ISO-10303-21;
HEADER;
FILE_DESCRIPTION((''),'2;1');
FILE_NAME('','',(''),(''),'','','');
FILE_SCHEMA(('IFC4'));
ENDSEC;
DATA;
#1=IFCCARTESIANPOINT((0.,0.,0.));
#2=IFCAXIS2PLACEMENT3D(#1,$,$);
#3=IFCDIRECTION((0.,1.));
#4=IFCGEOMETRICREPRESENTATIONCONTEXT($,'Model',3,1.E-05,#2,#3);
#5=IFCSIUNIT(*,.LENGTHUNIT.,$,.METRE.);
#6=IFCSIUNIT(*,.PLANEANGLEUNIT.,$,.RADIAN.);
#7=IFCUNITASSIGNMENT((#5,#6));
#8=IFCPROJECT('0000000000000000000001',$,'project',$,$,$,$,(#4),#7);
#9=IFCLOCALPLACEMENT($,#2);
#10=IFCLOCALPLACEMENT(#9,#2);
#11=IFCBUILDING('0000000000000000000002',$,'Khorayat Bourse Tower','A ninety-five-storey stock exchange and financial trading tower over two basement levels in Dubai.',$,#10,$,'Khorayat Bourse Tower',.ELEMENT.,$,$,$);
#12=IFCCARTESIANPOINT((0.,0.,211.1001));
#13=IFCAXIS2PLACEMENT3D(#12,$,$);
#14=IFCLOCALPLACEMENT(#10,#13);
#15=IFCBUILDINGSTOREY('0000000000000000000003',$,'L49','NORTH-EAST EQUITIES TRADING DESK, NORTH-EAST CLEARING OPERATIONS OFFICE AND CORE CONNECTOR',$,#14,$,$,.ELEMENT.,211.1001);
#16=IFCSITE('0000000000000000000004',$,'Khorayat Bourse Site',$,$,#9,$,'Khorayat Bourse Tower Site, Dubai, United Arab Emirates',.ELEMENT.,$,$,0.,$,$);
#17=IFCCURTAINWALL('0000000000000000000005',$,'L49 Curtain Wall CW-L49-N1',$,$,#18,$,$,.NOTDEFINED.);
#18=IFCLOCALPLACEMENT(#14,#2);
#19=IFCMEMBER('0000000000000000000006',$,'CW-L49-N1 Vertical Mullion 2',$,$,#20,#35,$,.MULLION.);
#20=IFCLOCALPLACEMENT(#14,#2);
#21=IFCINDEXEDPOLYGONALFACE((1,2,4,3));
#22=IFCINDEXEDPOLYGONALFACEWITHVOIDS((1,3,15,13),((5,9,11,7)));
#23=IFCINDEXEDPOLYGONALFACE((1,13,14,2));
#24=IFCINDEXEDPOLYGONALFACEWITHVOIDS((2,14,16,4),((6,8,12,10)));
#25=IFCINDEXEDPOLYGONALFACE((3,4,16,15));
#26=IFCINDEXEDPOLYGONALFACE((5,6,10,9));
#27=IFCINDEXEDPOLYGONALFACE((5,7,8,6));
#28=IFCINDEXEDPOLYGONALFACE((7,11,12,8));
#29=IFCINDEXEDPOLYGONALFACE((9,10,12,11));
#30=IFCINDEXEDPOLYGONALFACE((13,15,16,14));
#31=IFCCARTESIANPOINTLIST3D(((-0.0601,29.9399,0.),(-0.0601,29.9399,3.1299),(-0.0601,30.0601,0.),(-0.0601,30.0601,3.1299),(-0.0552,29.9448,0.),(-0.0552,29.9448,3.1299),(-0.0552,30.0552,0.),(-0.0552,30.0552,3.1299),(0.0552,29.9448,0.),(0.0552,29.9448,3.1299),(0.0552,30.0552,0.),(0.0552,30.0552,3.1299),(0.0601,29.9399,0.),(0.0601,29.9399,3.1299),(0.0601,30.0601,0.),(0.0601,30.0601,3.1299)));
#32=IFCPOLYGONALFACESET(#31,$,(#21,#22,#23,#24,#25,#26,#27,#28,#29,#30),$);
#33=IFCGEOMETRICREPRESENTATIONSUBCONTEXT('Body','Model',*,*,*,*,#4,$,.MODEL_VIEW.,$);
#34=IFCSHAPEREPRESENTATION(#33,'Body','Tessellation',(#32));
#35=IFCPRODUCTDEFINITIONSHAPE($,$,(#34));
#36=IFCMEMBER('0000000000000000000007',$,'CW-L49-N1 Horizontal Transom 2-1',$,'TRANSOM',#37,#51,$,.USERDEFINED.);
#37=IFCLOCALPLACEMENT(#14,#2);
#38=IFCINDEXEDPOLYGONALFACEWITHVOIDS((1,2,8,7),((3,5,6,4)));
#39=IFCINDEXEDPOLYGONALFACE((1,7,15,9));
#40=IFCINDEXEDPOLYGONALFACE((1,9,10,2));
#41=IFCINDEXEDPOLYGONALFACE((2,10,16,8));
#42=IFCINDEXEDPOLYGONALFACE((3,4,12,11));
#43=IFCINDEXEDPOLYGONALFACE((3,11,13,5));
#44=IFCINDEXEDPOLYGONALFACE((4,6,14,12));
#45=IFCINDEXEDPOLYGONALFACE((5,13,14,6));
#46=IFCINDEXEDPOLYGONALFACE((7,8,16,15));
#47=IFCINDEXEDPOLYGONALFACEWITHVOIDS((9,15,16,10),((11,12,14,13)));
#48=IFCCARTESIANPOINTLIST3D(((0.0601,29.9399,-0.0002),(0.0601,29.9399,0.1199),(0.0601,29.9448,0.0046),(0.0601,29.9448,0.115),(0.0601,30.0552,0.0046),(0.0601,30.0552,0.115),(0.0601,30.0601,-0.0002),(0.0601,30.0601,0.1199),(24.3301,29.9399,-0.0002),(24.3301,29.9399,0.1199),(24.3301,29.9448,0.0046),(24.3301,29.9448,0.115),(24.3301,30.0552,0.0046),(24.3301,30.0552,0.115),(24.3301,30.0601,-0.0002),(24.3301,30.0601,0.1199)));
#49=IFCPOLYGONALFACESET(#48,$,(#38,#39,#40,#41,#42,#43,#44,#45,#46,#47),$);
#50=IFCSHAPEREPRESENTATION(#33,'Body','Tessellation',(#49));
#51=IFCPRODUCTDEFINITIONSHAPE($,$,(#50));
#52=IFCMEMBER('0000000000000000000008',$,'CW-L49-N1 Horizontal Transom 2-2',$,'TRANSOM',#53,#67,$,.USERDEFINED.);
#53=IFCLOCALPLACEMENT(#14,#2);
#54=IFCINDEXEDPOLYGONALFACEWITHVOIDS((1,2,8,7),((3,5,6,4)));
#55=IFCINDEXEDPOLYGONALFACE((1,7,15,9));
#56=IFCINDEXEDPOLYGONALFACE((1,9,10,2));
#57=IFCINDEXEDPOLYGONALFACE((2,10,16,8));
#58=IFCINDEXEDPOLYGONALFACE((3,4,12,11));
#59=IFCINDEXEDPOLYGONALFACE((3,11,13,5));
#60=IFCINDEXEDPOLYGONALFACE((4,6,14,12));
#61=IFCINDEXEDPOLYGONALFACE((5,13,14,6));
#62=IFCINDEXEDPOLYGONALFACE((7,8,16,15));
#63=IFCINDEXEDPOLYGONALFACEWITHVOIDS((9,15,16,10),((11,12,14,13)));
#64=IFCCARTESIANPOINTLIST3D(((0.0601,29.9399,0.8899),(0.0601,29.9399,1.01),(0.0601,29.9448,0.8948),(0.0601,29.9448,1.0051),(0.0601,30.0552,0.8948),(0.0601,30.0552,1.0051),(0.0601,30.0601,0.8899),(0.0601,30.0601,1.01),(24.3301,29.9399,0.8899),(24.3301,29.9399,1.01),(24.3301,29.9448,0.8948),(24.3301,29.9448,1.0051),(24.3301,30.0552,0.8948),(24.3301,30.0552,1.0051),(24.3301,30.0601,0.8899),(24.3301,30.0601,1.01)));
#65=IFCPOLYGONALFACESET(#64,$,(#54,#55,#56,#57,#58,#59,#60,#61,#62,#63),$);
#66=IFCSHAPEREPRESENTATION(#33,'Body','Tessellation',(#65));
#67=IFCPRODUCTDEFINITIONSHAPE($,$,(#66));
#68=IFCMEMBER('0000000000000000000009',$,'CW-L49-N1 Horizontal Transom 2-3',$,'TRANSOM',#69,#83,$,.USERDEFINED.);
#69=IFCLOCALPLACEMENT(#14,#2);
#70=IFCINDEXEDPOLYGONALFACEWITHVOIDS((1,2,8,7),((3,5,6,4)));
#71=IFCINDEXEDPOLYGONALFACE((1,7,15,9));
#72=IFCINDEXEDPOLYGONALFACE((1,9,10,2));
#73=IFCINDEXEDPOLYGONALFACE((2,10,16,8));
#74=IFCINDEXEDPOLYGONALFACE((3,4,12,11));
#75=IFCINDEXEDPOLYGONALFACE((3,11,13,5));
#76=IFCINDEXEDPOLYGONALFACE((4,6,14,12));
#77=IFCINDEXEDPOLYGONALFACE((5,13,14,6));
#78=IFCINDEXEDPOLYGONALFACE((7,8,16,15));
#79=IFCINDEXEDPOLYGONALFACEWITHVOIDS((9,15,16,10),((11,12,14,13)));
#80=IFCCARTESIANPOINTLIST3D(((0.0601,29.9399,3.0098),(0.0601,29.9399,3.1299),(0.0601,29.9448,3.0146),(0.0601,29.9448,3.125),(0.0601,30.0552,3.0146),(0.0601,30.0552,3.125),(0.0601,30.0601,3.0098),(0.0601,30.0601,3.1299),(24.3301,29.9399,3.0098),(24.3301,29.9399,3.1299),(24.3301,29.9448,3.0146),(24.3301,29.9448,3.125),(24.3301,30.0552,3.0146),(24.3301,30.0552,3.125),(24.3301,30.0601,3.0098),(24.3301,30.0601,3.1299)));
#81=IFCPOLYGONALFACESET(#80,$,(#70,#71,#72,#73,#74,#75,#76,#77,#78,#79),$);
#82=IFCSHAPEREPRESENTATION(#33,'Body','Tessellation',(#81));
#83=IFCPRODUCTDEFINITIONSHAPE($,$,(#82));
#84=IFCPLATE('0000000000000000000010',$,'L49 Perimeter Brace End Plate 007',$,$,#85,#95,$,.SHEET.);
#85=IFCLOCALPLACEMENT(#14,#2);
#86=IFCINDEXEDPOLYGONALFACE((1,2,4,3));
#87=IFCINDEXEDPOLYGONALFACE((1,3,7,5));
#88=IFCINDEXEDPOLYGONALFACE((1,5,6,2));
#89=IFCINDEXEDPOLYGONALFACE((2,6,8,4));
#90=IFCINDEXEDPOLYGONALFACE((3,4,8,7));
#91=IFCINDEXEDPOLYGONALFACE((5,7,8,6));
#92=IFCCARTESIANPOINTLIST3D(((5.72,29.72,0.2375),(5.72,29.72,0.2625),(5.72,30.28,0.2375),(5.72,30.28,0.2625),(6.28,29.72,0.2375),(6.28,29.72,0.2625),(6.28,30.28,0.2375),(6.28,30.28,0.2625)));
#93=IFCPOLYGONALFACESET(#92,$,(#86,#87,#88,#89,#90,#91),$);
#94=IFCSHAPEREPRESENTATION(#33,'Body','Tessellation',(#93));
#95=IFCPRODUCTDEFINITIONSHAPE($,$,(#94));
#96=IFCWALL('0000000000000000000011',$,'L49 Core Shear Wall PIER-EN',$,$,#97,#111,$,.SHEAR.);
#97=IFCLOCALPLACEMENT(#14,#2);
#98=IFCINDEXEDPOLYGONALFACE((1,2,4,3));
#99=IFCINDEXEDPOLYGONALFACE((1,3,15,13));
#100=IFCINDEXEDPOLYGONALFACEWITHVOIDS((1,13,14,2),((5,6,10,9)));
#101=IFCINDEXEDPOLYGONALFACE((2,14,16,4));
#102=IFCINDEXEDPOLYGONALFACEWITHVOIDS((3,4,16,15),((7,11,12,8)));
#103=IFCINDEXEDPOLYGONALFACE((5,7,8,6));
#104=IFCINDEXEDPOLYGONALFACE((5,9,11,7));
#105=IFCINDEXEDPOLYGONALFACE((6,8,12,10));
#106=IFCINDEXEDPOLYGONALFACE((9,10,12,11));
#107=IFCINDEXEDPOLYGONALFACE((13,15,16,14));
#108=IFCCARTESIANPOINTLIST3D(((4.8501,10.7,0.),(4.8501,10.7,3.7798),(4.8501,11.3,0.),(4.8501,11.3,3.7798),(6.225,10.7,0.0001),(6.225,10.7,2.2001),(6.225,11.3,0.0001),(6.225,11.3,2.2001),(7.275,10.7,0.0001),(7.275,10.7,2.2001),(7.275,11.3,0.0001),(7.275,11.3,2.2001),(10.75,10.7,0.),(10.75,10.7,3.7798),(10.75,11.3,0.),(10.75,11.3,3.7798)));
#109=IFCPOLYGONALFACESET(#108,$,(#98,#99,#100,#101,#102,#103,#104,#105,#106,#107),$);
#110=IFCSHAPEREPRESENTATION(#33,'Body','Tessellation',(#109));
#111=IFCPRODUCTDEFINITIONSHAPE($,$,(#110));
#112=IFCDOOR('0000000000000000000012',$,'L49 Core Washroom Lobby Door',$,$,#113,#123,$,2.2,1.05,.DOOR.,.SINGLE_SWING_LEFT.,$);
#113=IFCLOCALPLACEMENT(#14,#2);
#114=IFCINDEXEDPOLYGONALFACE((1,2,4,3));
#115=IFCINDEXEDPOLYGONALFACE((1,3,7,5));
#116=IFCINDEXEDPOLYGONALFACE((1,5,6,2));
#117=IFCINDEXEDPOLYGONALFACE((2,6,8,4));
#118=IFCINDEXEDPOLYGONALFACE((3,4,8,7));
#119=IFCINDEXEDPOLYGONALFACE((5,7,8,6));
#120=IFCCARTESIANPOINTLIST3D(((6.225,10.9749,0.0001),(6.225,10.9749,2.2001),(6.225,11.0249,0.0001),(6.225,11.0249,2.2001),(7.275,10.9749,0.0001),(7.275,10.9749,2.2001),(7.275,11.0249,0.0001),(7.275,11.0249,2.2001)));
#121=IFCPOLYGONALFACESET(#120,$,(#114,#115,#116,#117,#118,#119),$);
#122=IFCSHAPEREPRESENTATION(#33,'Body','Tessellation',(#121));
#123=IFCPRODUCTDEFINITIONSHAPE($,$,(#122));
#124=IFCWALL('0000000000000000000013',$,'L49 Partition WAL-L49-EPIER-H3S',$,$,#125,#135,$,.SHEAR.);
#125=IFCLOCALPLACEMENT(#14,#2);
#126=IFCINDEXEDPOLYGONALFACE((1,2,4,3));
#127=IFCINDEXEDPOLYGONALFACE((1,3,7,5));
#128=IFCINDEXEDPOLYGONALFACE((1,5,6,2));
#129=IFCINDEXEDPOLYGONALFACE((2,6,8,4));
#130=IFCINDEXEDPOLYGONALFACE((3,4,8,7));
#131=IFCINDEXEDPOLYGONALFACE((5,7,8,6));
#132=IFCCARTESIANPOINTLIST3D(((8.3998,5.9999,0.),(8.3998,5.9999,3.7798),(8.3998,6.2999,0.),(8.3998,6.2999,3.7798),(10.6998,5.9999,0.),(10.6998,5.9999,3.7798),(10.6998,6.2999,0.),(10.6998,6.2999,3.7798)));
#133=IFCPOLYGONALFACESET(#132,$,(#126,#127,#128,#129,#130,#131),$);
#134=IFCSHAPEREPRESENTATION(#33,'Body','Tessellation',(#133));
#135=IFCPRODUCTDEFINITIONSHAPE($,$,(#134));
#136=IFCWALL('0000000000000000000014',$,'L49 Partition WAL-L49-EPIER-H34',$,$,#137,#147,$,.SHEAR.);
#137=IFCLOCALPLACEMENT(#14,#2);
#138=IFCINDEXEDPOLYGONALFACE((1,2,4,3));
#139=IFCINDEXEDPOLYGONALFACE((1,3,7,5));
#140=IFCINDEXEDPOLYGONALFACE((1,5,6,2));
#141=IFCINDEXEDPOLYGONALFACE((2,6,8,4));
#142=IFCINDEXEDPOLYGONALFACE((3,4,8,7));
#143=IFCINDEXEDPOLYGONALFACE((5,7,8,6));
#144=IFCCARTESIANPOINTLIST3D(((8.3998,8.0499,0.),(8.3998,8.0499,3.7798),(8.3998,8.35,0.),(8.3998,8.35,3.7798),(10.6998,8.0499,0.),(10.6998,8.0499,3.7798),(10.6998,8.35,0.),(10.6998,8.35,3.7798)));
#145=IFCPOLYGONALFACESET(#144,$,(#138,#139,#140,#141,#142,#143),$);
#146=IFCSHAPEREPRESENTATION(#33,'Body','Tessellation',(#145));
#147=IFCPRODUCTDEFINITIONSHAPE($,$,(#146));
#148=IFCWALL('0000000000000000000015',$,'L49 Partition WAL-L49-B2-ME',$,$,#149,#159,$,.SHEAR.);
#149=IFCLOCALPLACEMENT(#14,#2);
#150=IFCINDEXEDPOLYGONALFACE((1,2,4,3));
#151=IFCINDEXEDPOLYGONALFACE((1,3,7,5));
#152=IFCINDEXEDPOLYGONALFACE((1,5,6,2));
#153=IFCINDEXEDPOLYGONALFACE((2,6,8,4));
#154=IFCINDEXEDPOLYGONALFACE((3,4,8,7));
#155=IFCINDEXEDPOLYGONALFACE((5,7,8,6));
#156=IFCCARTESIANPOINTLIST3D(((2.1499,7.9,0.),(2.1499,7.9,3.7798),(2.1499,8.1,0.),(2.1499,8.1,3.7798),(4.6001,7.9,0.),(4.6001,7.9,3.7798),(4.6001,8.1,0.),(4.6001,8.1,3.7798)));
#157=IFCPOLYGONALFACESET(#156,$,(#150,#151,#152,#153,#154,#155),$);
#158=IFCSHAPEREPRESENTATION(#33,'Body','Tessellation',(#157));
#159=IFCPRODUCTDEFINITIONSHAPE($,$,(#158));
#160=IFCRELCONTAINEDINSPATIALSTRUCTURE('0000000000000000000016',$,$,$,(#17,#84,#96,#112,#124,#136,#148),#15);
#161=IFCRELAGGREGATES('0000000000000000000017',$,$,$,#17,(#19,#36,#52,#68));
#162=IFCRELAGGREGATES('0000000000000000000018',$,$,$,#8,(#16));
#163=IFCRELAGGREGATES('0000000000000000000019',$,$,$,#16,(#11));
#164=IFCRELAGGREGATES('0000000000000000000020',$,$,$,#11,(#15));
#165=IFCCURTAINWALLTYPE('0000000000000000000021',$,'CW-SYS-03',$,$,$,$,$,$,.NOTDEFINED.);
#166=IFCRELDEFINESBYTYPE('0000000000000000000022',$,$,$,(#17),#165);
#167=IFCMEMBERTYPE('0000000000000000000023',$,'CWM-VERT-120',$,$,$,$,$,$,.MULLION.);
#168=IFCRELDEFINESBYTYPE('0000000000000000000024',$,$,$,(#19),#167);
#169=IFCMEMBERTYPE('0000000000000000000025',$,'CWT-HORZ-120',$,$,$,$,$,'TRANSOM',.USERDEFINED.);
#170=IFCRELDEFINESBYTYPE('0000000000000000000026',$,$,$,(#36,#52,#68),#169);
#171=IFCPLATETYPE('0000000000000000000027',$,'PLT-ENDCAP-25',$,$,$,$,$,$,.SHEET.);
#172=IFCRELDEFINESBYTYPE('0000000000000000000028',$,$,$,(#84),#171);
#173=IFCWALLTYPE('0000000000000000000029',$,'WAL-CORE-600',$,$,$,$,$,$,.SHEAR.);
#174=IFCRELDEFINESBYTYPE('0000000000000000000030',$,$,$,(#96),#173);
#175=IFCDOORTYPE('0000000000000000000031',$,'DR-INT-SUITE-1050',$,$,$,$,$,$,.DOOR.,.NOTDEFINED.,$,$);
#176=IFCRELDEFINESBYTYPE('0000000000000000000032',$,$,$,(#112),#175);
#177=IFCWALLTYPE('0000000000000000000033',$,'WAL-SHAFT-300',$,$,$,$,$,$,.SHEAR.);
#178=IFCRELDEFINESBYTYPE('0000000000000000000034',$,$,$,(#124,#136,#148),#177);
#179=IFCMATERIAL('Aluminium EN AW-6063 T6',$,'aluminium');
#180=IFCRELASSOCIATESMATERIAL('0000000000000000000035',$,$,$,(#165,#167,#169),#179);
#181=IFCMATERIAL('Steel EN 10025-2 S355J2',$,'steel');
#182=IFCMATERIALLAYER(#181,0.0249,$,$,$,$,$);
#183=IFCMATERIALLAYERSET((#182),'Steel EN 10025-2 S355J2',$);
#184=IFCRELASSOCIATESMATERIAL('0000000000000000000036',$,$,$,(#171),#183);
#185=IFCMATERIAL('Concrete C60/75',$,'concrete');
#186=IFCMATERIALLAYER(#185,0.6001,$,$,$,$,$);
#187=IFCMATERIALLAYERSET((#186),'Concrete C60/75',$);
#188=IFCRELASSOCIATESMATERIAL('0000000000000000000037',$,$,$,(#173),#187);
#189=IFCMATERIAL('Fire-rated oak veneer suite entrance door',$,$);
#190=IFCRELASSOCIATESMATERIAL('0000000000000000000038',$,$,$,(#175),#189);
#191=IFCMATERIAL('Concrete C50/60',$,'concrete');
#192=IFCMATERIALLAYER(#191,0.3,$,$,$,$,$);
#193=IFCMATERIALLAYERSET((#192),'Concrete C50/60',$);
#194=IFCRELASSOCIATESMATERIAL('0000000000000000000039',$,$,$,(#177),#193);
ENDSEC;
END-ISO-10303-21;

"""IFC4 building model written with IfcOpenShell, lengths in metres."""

from ifc_helpers import new_model, si_unit, direction, frame, frame_2d, origin, origin_2d, place, context, subcontext, project, spatial, rectangle, hollow_rectangle, extrude, source, transform, mapped, material, layer, layer_set, material_profile, profile_set, type_object, element, fill, aggregate, save


model = new_model("IFC4")

# Units and contexts
model_context = context("Model", 3, precision=1e-05, world=origin(), true_north=direction((0.0, 1.0)))
body_context = subcontext(model_context, "Body", "Model", "MODEL_VIEW")
ifc_project = project(units=[si_unit("LENGTHUNIT", "METRE"), si_unit("PLANEANGLEUNIT", "RADIAN")], contexts=[model_context])

# Site, building, storey
site_placement = place(None, origin())
site = spatial("IfcSite", under=ifc_project, at=site_placement, Name="Khorayat Bourse Site", LongName="Khorayat Bourse Tower Site, Dubai, United Arab Emirates", CompositionType="ELEMENT", RefElevation=0.0)
building_placement = place(site_placement, origin())
building = spatial("IfcBuilding", under=site, at=building_placement, Name="Khorayat Bourse Tower", Description="A ninety-five-storey stock exchange and financial trading tower over two basement levels in Dubai.", LongName="Khorayat Bourse Tower", CompositionType="ELEMENT")
storey_placement = place(building_placement, frame((0.0, 0.0, 211.1001)))
storey = spatial("IfcBuildingStorey", under=building, at=storey_placement, Name="L49", Description="NORTH-EAST EQUITIES TRADING DESK, NORTH-EAST CLEARING OPERATIONS OFFICE AND CORE CONNECTOR", CompositionType="ELEMENT", Elevation=211.1001)

# Shared definitions
ifc_material_1 = material(Name="Concrete C60/75", Category="concrete")

# Curtain wall, members
ifc_material_2 = material(Name="Aluminium EN AW-6063 T6", Category="aluminium")
curtain_wall_type = type_object("IfcCurtainWallType", Name="CW-SYS-03", PredefinedType="NOTDEFINED", material=ifc_material_2)
curtain_wall_placement = place(storey_placement, origin())
curtain_wall = element("IfcCurtainWall", 1, at=curtain_wall_placement, inside=storey, type_object=curtain_wall_type, Name="L49 Curtain Wall CW-L49-N1", PredefinedType="NOTDEFINED")
ifc_material_profile_1 = material_profile(ifc_material_2, hollow_rectangle(XDim=0.1201, YDim=0.1201, WallThickness=0.0049, at=origin_2d()), Name="ALU 120x120x5")
ifc_profile_set_1 = profile_set([ifc_material_profile_1], Name="Aluminium EN AW-6063 T6")
member_type_1 = type_object("IfcMemberType", Name="CWM-VERT-120", PredefinedType="MULLION", material=ifc_profile_set_1)
shared_shape_1 = source(origin(), body_context, "Body", "SweptSolid", [
    extrude(hollow_rectangle(XDim=0.1201, YDim=0.1201, WallThickness=0.0049, at=origin_2d()), origin(), (0.0, 0.0, 1.0), 3.1299),
])
member_1_placement = place(storey_placement, frame((0.0, 30.0, 0.0), z_axis=(0.0, 0.0, 1.0), x_axis=(0.0, 1.0, 0.0)))
member_1 = element("IfcMember", 2, at=member_1_placement, type_object=member_type_1, Name="CW-L49-N1 Vertical Mullion 2", PredefinedType="MULLION", context=body_context, shape_type="MappedRepresentation", body=[
    mapped(shared_shape_1, transform((0.0, 0.0, 0.0), scale=1.0)),
])
ifc_material_profile_2 = material_profile(ifc_material_2, hollow_rectangle(XDim=0.1201, YDim=0.1201, WallThickness=0.0049, at=origin_2d()), Name="ALU 120x120x5")
ifc_profile_set_2 = profile_set([ifc_material_profile_2], Name="Aluminium EN AW-6063 T6")
member_type_2 = type_object("IfcMemberType", Name="CWT-HORZ-120", ElementType="TRANSOM", PredefinedType="USERDEFINED", material=ifc_profile_set_2)
shared_shape_2 = source(origin(), body_context, "Body", "SweptSolid", [
    extrude(hollow_rectangle(XDim=0.1201, YDim=0.1201, WallThickness=0.0049, at=origin_2d()), origin(), (0.0, 0.0, 1.0), 24.27),
])
member_2_placement = place(storey_placement, frame((0.0601, 30.0, 0.0598), z_axis=(1.0, 0.0, 0.0), x_axis=(0.0, 1.0, 0.0)))
member_2 = element("IfcMember", 3, at=member_2_placement, type_object=member_type_2, Name="CW-L49-N1 Horizontal Transom 2-1", ObjectType="TRANSOM", PredefinedType="USERDEFINED", context=body_context, shape_type="MappedRepresentation", body=[
    mapped(shared_shape_2, transform((0.0, 0.0, 0.0), scale=1.0)),
])
member_3_placement = place(storey_placement, frame((0.0601, 30.0, 0.95), z_axis=(1.0, 0.0, 0.0), x_axis=(0.0, 1.0, 0.0)))
member_3 = element("IfcMember", 4, at=member_3_placement, type_object=member_type_2, Name="CW-L49-N1 Horizontal Transom 2-2", ObjectType="TRANSOM", PredefinedType="USERDEFINED", context=body_context, shape_type="MappedRepresentation", body=[
    mapped(shared_shape_2, transform((0.0, 0.0, 0.0), scale=1.0)),
])
member_4_placement = place(storey_placement, frame((0.0601, 30.0, 3.0698), z_axis=(1.0, 0.0, 0.0), x_axis=(0.0, 1.0, 0.0)))
member_4 = element("IfcMember", 5, at=member_4_placement, type_object=member_type_2, Name="CW-L49-N1 Horizontal Transom 2-3", ObjectType="TRANSOM", PredefinedType="USERDEFINED", context=body_context, shape_type="MappedRepresentation", body=[
    mapped(shared_shape_2, transform((0.0, 0.0, 0.0), scale=1.0)),
])
aggregate(curtain_wall, [member_1, member_2, member_3, member_4])

# Plate
ifc_material_3 = material(Name="Steel EN 10025-2 S355J2", Category="steel")
ifc_layer_1 = layer(ifc_material_3, 0.0249)
ifc_layer_set_1 = layer_set([ifc_layer_1], Name="Steel EN 10025-2 S355J2")
plate_type = type_object("IfcPlateType", Name="PLT-ENDCAP-25", PredefinedType="SHEET", material=ifc_layer_set_1)
shared_shape_3 = source(origin(), body_context, "Body", "SweptSolid", [
    extrude(rectangle(XDim=0.5601, YDim=0.5601, at=origin_2d()), origin(), (0.0, 0.0, 1.0), 0.0249),
])
plate_placement = place(storey_placement, frame((6.0, 30.0, 0.2375), z_axis=(0.0, 0.0, 1.0), x_axis=(1.0, 0.0, 0.0)))
element("IfcPlate", 6, at=plate_placement, inside=storey, type_object=plate_type, Name="L49 Perimeter Brace End Plate 007", PredefinedType="SHEET", context=body_context, shape_type="MappedRepresentation", body=[
    mapped(shared_shape_3, transform((0.0, 0.0, 0.0), scale=1.0)),
])

# Wall, opening, door
ifc_layer_2 = layer(ifc_material_1, 0.6001)
ifc_layer_set_2 = layer_set([ifc_layer_2], Name="Concrete C60/75")
wall_type_1 = type_object("IfcWallType", Name="WAL-CORE-600", PredefinedType="SHEAR", material=ifc_layer_set_2)
shared_shape_4 = source(origin(), body_context, "Body", "SweptSolid", [
    extrude(rectangle(XDim=5.8999, YDim=0.6001, at=frame_2d((2.95, 0.0))), origin(), (0.0, 0.0, 1.0), 3.7798),
])
wall_1_placement = place(storey_placement, frame((4.8501, 11.0, 0.0), z_axis=(0.0, 0.0, 1.0), x_axis=(1.0, 0.0, 0.0)))
wall_1 = element("IfcWall", 7, at=wall_1_placement, inside=storey, type_object=wall_type_1, Name="L49 Core Shear Wall PIER-EN", PredefinedType="SHEAR", context=body_context, shape_type="MappedRepresentation", body=[
    mapped(shared_shape_4, transform((0.0, 0.0, 0.0), scale=1.0)),
])
shared_shape_5 = source(origin(), body_context, "Body", "SweptSolid", [
    extrude(rectangle(XDim=1.05, YDim=2.2, at=frame_2d((0.5249, 1.1001))), frame((0.0, 0.3101, 0.0), z_axis=(0.0, -1.0, 0.0), x_axis=(1.0, 0.0, 0.0)), (0.0, 0.0, 1.0), 0.6201),
])
opening_1_placement = place(wall_1_placement, frame((1.375, 0.0, 0.0)))
opening_1 = element("IfcOpeningElement", 8, at=opening_1_placement, cuts=wall_1, PredefinedType="OPENING", context=body_context, shape_type="MappedRepresentation", body=[
    mapped(shared_shape_5, transform((0.0, 0.0, 0.0), scale=1.0)),
])
ifc_material_4 = material(Name="Fire-rated oak veneer suite entrance door")
door_type_1 = type_object("IfcDoorType", Name="DR-INT-SUITE-1050", OperationType="NOTDEFINED", PredefinedType="DOOR", material=ifc_material_4)
shared_shape_6 = source(origin(), body_context, "Body", "SweptSolid", [
    extrude(rectangle(XDim=1.05, YDim=2.2, at=frame_2d((0.5249, 1.1001))), frame((0.0, 0.0249, 0.0), z_axis=(0.0, -1.0, 0.0), x_axis=(1.0, 0.0, 0.0)), (0.0, 0.0, 1.0), 0.05),
])
door_1_placement = place(opening_1_placement, origin())
door_1 = element("IfcDoor", 9, at=door_1_placement, inside=storey, type_object=door_type_1, Name="L49 Core Washroom Lobby Door", OperationType="SINGLE_SWING_LEFT", OverallHeight=2.2, OverallWidth=1.05, PredefinedType="DOOR", context=body_context, shape_type="MappedRepresentation", body=[
    mapped(shared_shape_6, transform((0.0, 0.0, 0.0), scale=1.0)),
])
fill(opening_1, door_1)

# Walls
ifc_material_5 = material(Name="Concrete C50/60", Category="concrete")
ifc_layer_3 = layer(ifc_material_5, 0.3)
ifc_layer_set_3 = layer_set([ifc_layer_3], Name="Concrete C50/60")
wall_type_2 = type_object("IfcWallType", Name="WAL-SHAFT-300", PredefinedType="SHEAR", material=ifc_layer_set_3)
shared_shape_7 = source(origin(), body_context, "Body", "SweptSolid", [
    extrude(rectangle(XDim=2.3, YDim=0.3, at=frame_2d((1.1499, 0.0))), origin(), (0.0, 0.0, 1.0), 3.7798),
])
for number, where, z_axis, x_axis, name in (
    (10, (8.3999, 6.1499, 0.0), (0.0, 0.0, 1.0), (1.0, 0.0, 0.0), "L49 Partition WAL-L49-EPIER-H3S"),
    (11, (8.3999, 8.2, 0.0), (0.0, 0.0, 1.0), (1.0, 0.0, 0.0), "L49 Partition WAL-L49-EPIER-H34"),
):
    element("IfcWall", number, at=place(storey_placement, frame(where, z_axis=z_axis, x_axis=x_axis)), inside=storey, type_object=wall_type_2, Name=name, PredefinedType="SHEAR", context=body_context, shape_type="MappedRepresentation", body=[
        mapped(shared_shape_7, transform((0.0, 0.0, 0.0), scale=1.0)),
    ])

# Wall
shared_shape_8 = source(origin(), body_context, "Body", "SweptSolid", [
    extrude(rectangle(XDim=2.4502, YDim=0.2, at=frame_2d((1.2251, 0.0))), origin(), (0.0, 0.0, 1.0), 3.7798),
])
wall_2_placement = place(storey_placement, frame((2.1499, 8.0, 0.0), z_axis=(0.0, 0.0, 1.0), x_axis=(1.0, 0.0, 0.0)))
element("IfcWall", 12, at=wall_2_placement, inside=storey, type_object=wall_type_2, Name="L49 Partition WAL-L49-B2-ME", PredefinedType="SHEAR", context=body_context, shape_type="MappedRepresentation", body=[
    mapped(shared_shape_8, transform((0.0, 0.0, 0.0), scale=1.0)),
])

save(model, "model.ifc")
